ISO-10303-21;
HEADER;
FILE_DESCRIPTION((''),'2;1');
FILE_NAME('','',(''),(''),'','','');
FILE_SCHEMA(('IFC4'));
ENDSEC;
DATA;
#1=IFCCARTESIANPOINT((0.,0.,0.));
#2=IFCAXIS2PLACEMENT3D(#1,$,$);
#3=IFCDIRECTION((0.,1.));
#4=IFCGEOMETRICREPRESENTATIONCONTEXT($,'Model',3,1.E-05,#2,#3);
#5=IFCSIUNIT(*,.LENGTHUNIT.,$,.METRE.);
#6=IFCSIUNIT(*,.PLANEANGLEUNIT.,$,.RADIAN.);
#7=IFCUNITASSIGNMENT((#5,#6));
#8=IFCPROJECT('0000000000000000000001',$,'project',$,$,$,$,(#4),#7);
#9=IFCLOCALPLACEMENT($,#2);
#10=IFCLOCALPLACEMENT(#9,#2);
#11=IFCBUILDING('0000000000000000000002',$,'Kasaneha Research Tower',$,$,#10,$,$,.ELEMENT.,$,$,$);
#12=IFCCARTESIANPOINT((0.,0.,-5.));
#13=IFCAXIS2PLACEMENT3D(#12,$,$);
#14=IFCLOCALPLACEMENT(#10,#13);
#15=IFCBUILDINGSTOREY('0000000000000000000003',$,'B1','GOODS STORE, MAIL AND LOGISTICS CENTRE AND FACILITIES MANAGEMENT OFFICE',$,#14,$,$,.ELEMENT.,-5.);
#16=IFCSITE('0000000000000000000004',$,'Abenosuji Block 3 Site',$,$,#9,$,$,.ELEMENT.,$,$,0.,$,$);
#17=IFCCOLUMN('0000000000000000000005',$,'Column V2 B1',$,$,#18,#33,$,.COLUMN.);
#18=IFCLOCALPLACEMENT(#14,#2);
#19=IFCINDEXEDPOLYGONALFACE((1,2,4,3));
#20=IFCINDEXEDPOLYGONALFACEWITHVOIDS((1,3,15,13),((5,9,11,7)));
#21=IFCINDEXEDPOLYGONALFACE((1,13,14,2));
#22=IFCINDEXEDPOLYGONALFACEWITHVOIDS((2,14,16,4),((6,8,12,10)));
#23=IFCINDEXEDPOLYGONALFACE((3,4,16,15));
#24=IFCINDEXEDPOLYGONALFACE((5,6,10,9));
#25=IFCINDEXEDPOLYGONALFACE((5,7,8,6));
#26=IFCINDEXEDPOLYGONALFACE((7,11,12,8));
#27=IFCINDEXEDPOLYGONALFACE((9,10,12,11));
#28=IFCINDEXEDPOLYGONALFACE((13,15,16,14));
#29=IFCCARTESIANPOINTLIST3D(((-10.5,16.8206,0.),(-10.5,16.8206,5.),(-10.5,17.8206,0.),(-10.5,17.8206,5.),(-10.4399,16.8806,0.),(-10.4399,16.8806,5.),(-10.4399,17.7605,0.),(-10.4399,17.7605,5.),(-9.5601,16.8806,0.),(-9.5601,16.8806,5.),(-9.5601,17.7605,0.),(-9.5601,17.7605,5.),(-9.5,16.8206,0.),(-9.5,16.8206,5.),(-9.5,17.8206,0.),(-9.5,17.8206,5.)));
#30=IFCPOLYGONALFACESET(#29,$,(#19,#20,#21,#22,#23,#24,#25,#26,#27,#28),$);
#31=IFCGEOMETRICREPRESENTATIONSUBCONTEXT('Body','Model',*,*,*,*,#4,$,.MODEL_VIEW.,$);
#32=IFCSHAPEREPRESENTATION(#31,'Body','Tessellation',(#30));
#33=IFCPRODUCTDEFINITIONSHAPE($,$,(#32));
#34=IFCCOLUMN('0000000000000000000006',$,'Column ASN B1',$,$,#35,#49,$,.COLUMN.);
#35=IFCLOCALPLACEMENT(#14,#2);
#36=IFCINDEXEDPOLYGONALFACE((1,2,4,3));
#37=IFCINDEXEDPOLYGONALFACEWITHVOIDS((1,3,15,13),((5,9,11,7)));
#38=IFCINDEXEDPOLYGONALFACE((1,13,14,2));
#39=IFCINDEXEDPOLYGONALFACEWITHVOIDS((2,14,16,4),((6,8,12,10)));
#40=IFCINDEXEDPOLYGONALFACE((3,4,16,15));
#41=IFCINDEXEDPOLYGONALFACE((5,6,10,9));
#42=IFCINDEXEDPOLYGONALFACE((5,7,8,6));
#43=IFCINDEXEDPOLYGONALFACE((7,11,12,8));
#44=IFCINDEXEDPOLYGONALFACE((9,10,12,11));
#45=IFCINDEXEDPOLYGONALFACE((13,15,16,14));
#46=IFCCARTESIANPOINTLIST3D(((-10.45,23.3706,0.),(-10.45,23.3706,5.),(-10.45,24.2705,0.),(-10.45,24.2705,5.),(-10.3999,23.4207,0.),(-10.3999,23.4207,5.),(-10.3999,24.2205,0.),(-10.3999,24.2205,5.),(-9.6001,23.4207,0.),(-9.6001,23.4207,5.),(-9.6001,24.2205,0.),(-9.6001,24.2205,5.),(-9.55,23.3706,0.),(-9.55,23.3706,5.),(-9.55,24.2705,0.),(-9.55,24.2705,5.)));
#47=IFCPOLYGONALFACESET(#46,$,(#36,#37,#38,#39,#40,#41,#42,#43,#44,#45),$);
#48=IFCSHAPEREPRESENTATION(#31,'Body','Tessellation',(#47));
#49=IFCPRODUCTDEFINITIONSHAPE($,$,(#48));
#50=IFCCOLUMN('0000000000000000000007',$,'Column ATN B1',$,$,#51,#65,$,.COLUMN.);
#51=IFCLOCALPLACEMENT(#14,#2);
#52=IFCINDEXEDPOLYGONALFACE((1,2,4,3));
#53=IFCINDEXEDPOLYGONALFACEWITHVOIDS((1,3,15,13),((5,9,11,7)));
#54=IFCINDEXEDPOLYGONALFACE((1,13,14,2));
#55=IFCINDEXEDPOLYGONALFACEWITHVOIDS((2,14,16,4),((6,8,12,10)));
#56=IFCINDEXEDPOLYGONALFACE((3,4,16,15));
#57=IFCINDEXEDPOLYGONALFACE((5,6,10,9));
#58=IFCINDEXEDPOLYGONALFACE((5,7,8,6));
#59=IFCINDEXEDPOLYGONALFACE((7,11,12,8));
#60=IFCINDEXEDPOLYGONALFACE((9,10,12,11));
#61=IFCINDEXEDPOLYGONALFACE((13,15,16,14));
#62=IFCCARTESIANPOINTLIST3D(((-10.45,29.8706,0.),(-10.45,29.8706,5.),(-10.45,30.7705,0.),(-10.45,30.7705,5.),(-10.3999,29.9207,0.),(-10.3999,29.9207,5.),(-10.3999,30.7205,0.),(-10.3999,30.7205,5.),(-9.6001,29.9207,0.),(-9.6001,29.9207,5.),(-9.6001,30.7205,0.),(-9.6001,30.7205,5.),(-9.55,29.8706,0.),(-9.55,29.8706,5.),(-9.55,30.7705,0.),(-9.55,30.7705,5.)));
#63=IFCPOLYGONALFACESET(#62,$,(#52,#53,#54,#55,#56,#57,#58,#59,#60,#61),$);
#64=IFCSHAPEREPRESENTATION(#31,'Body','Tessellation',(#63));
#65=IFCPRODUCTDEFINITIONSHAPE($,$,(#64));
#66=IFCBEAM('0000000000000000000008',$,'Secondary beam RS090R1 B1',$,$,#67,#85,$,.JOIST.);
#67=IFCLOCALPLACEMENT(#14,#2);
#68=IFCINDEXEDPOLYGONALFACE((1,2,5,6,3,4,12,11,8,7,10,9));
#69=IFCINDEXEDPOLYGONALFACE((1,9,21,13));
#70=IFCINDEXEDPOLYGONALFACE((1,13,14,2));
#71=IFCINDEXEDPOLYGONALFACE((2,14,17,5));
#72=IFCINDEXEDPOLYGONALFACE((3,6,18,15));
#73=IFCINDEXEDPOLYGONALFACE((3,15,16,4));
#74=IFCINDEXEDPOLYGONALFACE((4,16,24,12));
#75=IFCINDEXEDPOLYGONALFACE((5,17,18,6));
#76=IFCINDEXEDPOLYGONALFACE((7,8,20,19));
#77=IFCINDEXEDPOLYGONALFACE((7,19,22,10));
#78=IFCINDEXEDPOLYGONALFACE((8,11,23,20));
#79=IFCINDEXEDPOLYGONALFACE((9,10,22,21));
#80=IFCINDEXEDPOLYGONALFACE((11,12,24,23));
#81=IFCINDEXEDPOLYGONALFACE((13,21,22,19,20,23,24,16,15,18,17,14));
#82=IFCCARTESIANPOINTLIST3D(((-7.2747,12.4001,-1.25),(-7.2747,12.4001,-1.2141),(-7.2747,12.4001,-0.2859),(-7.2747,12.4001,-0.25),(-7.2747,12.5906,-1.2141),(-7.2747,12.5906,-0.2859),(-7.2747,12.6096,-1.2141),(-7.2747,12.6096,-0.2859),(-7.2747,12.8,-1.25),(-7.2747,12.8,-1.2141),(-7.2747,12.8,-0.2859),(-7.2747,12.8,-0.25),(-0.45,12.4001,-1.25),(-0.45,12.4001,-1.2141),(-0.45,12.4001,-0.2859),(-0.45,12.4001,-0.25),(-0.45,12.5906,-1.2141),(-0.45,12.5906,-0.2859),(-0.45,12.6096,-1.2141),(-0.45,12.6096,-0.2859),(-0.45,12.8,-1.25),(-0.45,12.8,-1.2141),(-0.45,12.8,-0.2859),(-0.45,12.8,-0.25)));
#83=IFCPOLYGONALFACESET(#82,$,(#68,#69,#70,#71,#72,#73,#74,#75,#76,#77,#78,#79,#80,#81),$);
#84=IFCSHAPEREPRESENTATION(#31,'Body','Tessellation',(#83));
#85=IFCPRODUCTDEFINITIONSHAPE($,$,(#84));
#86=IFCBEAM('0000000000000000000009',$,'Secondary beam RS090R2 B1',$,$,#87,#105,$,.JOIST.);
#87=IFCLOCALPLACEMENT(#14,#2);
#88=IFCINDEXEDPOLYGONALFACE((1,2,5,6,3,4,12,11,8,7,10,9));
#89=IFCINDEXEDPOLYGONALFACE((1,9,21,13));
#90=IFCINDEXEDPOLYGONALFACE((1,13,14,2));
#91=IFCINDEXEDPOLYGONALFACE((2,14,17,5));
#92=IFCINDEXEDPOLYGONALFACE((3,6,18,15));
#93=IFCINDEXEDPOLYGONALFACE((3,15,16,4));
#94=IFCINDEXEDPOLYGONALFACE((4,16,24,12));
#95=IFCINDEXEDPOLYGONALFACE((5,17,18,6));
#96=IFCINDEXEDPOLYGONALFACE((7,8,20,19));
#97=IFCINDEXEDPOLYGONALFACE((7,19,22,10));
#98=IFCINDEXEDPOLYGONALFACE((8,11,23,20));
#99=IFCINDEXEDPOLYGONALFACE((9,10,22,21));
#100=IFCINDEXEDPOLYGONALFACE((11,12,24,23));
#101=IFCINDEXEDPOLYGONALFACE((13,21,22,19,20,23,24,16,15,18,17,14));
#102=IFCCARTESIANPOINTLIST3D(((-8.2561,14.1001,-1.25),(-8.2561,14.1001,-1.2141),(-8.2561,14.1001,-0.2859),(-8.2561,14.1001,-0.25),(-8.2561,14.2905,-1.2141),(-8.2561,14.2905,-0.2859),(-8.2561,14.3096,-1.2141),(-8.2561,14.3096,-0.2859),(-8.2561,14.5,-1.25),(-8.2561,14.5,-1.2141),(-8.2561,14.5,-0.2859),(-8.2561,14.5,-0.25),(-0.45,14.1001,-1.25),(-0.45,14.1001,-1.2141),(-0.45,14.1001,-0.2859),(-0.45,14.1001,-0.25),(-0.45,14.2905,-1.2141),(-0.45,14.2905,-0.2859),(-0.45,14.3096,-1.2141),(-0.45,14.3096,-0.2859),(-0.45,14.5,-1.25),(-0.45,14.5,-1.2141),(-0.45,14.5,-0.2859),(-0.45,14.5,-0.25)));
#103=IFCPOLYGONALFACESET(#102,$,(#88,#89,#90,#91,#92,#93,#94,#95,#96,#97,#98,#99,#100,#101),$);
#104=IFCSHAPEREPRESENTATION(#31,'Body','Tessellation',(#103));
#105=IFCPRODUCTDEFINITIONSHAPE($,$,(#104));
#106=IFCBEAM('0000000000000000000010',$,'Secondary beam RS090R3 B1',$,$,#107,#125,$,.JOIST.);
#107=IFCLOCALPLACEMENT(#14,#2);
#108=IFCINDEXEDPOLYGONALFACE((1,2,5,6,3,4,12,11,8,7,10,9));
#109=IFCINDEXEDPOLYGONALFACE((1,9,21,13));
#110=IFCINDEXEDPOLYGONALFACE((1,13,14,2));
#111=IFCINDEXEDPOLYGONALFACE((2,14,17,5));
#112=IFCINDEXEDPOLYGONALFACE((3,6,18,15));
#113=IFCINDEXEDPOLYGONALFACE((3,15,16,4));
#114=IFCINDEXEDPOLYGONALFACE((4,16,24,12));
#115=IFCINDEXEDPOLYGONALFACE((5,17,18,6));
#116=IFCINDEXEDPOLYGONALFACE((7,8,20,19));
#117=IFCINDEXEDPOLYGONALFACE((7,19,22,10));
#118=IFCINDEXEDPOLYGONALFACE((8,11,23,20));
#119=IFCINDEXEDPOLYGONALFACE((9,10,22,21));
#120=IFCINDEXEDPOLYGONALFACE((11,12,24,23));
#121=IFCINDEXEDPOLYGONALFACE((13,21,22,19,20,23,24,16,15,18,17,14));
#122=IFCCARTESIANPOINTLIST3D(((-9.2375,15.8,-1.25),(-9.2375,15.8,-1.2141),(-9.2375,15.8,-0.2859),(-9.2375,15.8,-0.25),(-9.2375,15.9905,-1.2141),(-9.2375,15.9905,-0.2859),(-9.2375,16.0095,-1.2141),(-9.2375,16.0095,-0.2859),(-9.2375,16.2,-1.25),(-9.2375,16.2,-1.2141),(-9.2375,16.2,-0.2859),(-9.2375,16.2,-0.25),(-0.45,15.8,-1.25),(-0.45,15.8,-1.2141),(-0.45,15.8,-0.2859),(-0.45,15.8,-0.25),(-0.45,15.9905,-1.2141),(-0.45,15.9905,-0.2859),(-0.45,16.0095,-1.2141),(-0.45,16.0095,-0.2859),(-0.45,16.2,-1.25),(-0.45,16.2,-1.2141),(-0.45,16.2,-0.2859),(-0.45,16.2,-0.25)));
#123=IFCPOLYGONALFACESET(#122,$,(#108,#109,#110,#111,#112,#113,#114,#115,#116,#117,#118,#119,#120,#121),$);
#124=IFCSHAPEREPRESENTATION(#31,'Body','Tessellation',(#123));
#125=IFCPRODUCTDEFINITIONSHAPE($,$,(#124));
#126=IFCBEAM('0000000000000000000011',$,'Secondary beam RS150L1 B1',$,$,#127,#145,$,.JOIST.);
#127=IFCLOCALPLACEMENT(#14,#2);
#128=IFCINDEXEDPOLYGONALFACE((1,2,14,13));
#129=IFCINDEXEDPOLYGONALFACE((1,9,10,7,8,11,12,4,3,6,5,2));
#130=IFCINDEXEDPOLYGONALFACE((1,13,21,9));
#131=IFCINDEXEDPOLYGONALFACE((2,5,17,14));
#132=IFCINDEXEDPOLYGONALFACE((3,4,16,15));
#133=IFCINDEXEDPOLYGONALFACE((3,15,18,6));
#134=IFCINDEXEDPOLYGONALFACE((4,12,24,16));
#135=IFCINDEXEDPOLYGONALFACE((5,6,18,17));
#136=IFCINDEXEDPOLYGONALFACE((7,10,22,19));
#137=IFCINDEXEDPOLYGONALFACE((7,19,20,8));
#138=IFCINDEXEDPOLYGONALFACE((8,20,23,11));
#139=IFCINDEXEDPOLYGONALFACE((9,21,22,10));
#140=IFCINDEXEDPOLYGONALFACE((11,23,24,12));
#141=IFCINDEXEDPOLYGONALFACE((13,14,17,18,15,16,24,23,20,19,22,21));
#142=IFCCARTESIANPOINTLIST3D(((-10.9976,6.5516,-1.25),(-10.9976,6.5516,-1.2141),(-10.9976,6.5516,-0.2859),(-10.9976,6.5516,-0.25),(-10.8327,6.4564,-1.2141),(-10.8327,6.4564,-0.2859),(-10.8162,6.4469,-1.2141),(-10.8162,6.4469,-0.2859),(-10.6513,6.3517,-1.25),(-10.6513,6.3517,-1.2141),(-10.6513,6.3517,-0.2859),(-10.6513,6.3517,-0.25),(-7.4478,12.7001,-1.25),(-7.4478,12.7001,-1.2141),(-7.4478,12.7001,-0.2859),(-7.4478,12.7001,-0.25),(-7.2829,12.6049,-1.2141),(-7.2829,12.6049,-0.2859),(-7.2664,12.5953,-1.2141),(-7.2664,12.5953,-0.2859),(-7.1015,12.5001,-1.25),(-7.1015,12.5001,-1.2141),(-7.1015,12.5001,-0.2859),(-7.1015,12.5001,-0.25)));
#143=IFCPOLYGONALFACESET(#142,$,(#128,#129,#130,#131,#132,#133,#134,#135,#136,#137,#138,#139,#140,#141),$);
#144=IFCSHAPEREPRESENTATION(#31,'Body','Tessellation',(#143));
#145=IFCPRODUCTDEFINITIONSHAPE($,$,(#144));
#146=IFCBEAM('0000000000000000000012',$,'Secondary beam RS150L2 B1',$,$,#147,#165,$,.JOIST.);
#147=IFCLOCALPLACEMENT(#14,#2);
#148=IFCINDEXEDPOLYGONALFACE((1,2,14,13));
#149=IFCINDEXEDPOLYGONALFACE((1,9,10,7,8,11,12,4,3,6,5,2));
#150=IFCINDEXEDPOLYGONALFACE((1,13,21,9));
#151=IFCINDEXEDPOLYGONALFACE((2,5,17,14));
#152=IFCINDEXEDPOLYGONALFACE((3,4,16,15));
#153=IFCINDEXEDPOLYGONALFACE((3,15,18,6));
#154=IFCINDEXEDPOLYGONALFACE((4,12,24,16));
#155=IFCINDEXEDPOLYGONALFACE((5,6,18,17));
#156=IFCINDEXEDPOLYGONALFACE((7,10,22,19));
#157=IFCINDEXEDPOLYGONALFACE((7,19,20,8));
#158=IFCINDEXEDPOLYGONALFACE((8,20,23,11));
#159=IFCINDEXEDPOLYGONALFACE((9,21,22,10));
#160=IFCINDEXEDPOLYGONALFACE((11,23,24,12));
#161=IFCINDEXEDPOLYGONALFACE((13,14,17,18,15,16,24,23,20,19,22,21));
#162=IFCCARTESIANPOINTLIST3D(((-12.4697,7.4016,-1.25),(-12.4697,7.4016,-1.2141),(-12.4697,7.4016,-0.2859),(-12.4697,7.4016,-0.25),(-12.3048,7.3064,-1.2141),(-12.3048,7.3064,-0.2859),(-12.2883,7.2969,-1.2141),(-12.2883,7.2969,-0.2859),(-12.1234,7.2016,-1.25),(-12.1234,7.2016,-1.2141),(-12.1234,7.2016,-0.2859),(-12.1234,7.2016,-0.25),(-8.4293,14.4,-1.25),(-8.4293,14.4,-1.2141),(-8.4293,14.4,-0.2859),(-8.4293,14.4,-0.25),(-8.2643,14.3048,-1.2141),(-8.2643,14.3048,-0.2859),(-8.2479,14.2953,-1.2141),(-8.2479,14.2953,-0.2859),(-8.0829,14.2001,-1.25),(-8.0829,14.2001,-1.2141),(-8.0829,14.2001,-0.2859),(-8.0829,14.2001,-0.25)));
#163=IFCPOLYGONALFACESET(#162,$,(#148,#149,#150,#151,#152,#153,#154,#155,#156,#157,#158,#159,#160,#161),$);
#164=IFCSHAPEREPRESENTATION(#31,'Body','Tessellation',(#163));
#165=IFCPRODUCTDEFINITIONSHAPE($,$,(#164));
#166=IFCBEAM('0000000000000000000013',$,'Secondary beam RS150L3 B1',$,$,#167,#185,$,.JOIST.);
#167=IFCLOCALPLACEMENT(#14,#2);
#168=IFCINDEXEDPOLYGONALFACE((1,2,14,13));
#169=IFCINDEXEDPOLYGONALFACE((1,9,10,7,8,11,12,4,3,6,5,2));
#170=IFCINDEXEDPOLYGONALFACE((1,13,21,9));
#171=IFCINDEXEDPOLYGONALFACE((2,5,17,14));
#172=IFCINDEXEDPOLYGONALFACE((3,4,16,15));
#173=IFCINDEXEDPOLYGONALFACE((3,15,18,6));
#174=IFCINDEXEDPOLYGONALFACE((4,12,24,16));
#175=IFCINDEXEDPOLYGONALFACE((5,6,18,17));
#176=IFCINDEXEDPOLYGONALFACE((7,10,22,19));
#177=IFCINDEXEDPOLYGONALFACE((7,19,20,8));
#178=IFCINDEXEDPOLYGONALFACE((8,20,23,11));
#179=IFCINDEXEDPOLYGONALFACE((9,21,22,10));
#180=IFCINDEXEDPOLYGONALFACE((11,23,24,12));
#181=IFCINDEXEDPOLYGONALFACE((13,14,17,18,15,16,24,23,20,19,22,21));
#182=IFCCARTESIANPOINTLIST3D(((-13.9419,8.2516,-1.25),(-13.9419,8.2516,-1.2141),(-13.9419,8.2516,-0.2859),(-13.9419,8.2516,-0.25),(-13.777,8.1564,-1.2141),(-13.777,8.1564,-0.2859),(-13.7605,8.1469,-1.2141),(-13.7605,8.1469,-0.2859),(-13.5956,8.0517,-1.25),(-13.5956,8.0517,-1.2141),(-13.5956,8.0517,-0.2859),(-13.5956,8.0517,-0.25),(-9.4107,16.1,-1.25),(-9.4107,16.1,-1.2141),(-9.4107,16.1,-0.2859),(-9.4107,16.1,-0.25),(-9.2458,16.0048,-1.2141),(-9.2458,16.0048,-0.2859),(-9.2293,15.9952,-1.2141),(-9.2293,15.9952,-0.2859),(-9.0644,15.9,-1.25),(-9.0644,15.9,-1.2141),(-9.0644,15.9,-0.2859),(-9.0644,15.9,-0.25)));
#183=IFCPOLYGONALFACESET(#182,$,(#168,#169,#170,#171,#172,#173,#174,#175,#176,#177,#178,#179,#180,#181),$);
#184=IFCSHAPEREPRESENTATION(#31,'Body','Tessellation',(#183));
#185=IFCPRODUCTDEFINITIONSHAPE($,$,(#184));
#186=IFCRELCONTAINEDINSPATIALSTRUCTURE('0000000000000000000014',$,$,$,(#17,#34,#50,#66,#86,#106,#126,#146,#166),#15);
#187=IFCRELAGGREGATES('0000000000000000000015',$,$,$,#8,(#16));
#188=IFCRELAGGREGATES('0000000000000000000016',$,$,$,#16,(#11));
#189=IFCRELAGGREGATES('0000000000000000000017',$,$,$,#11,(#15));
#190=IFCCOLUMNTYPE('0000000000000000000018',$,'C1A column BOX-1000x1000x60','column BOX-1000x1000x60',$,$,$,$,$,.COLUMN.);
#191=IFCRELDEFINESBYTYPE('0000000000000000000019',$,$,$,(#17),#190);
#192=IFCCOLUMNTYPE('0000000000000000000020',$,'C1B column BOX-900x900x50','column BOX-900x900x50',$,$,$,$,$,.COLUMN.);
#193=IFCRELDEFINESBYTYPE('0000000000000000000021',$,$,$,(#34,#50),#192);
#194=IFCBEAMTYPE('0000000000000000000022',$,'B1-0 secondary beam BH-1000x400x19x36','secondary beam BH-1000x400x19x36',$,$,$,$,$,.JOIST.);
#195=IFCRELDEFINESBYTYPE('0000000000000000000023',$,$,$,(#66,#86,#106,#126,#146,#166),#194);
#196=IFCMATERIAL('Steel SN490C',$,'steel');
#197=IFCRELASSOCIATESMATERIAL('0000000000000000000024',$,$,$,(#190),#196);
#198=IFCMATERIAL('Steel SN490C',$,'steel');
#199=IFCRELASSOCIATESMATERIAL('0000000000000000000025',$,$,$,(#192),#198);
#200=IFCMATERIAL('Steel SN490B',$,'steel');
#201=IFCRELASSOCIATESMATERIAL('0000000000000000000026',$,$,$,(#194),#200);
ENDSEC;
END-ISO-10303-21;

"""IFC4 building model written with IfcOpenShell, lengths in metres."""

from ifc_helpers import new_model, si_unit, direction, frame, origin, origin_2d, place, context, subcontext, project, spatial, hollow_rectangle, i_section, extrude, material, material_profile, profile_set, type_object, element, save


model = new_model("IFC4")

# Units and contexts
model_context = context("Model", 3, precision=1e-05, world=origin(), true_north=direction((0.0, 1.0)))
body_context = subcontext(model_context, "Body", "Model", "MODEL_VIEW")
ifc_project = project(units=[si_unit("LENGTHUNIT", "METRE"), si_unit("PLANEANGLEUNIT", "RADIAN")], contexts=[model_context])

# Site, building, storey
site_placement = place(None, origin())
site = spatial("IfcSite", under=ifc_project, at=site_placement, Name="Abenosuji Block 3 Site", CompositionType="ELEMENT", RefElevation=0.0)
building_placement = place(site_placement, origin())
building = spatial("IfcBuilding", under=site, at=building_placement, Name="Kasaneha Research Tower", CompositionType="ELEMENT")
storey_placement = place(building_placement, frame((0.0, 0.0, -5.0)))
storey = spatial("IfcBuildingStorey", under=building, at=storey_placement, Name="B1", Description="GOODS STORE, MAIL AND LOGISTICS CENTRE AND FACILITIES MANAGEMENT OFFICE", CompositionType="ELEMENT", Elevation=-5.0)

# Columns
ifc_material_1 = material(Name="Steel SN490C", Category="steel")
ifc_material_profile_1 = material_profile(ifc_material_1, hollow_rectangle(XDim=1.0, YDim=1.0, WallThickness=0.0601, at=origin_2d()), Name="BOX-1000x1000x60")
ifc_profile_set_1 = profile_set([ifc_material_profile_1], Name="Steel SN490C")
column_type_1 = type_object("IfcColumnType", Name="C1A column BOX-1000x1000x60", Description="column BOX-1000x1000x60", PredefinedType="COLUMN", material=ifc_profile_set_1)
column_placement = place(storey_placement, frame((-10.0, 17.3206, 0.0), z_axis=(0.0, 0.0, 1.0), x_axis=(1.0, 0.0, 0.0)))
element("IfcColumn", 1, at=column_placement, inside=storey, type_object=column_type_1, Name="Column V2 B1", PredefinedType="COLUMN", context=body_context, shape_type="SweptSolid", body=[
    extrude(hollow_rectangle(XDim=1.0, YDim=1.0, WallThickness=0.0601, at=origin_2d()), origin(), (0.0, 0.0, 1.0), 5.0),
])
ifc_material_2 = material(Name="Steel SN490C", Category="steel")
ifc_material_profile_2 = material_profile(ifc_material_2, hollow_rectangle(XDim=0.8999, YDim=0.8999, WallThickness=0.05, at=origin_2d()), Name="BOX-900x900x50")
ifc_profile_set_2 = profile_set([ifc_material_profile_2], Name="Steel SN490C")
column_type_2 = type_object("IfcColumnType", Name="C1B column BOX-900x900x50", Description="column BOX-900x900x50", PredefinedType="COLUMN", material=ifc_profile_set_2)
for number, where, z_axis, x_axis, name in (
    (2, (-10.0, 23.8206, 0.0), (0.0, 0.0, 1.0), (1.0, 0.0, 0.0), "Column ASN B1"),
    (3, (-10.0, 30.3206, 0.0), (0.0, 0.0, 1.0), (1.0, 0.0, 0.0), "Column ATN B1"),
):
    element("IfcColumn", number, at=place(storey_placement, frame(where, z_axis=z_axis, x_axis=x_axis)), inside=storey, type_object=column_type_2, Name=name, PredefinedType="COLUMN", context=body_context, shape_type="SweptSolid", body=[
        extrude(hollow_rectangle(XDim=0.8999, YDim=0.8999, WallThickness=0.05, at=origin_2d()), origin(), (0.0, 0.0, 1.0), 5.0),
    ])

# Beams
ifc_material_3 = material(Name="Steel SN490B", Category="steel")
ifc_material_profile_3 = material_profile(ifc_material_3, i_section(OverallWidth=0.3999, OverallDepth=1.0, WebThickness=0.019, FlangeThickness=0.0359, at=origin_2d()), Name="BH-1000x400x19x36")
ifc_profile_set_3 = profile_set([ifc_material_profile_3], Name="Steel SN490B")
beam_type_1 = type_object("IfcBeamType", Name="B1-0 secondary beam BH-1000x400x19x36", Description="secondary beam BH-1000x400x19x36", PredefinedType="JOIST", material=ifc_profile_set_3)
beam_1_placement = place(storey_placement, frame((-7.2747, 12.6001, -0.75), z_axis=(1.0, 0.0, 0.0), x_axis=(0.0, 1.0, 0.0)))
element("IfcBeam", 4, at=beam_1_placement, inside=storey, type_object=beam_type_1, Name="Secondary beam RS090R1 B1", PredefinedType="JOIST", context=body_context, shape_type="SweptSolid", body=[
    extrude(i_section(OverallWidth=0.3999, OverallDepth=1.0, WebThickness=0.019, FlangeThickness=0.0359, at=origin_2d()), origin(), (0.0, 0.0, 1.0), 6.8247),
])
beam_2_placement = place(storey_placement, frame((-8.2561, 14.3, -0.75), z_axis=(1.0, 0.0, 0.0), x_axis=(0.0, 1.0, 0.0)))
element("IfcBeam", 5, at=beam_2_placement, inside=storey, type_object=beam_type_1, Name="Secondary beam RS090R2 B1", PredefinedType="JOIST", context=body_context, shape_type="SweptSolid", body=[
    extrude(i_section(OverallWidth=0.3999, OverallDepth=1.0, WebThickness=0.019, FlangeThickness=0.0359, at=origin_2d()), origin(), (0.0, 0.0, 1.0), 7.8062),
])
beam_3_placement = place(storey_placement, frame((-9.2375, 16.0, -0.75), z_axis=(1.0, 0.0, 0.0), x_axis=(0.0, 1.0, 0.0)))
element("IfcBeam", 6, at=beam_3_placement, inside=storey, type_object=beam_type_1, Name="Secondary beam RS090R3 B1", PredefinedType="JOIST", context=body_context, shape_type="SweptSolid", body=[
    extrude(i_section(OverallWidth=0.3999, OverallDepth=1.0, WebThickness=0.019, FlangeThickness=0.0359, at=origin_2d()), origin(), (0.0, 0.0, 1.0), 8.7876),
])
beam_4_placement = place(storey_placement, frame((-7.2747, 12.6001, -0.75), z_axis=(-0.5, -0.866025, 0.0), x_axis=(0.866025, -0.5, 0.0)))
element("IfcBeam", 7, at=beam_4_placement, inside=storey, type_object=beam_type_1, Name="Secondary beam RS150L1 B1", PredefinedType="JOIST", context=body_context, shape_type="SweptSolid", body=[
    extrude(i_section(OverallWidth=0.3999, OverallDepth=1.0, WebThickness=0.019, FlangeThickness=0.0359, at=origin_2d()), origin(), (0.0, 0.0, 1.0), 7.0996),
])
beam_5_placement = place(storey_placement, frame((-8.2561, 14.3, -0.75), z_axis=(-0.499993, -0.86603, 0.0), x_axis=(0.86603, -0.499993, 0.0)))
element("IfcBeam", 8, at=beam_5_placement, inside=storey, type_object=beam_type_1, Name="Secondary beam RS150L2 B1", PredefinedType="JOIST", context=body_context, shape_type="SweptSolid", body=[
    extrude(i_section(OverallWidth=0.3999, OverallDepth=1.0, WebThickness=0.019, FlangeThickness=0.0359, at=origin_2d()), origin(), (0.0, 0.0, 1.0), 8.0811),
])
beam_6_placement = place(storey_placement, frame((-9.2375, 16.0, -0.75), z_axis=(-0.499998, -0.866026, 0.0), x_axis=(0.866026, -0.499998, 0.0)))
element("IfcBeam", 9, at=beam_6_placement, inside=storey, type_object=beam_type_1, Name="Secondary beam RS150L3 B1", PredefinedType="JOIST", context=body_context, shape_type="SweptSolid", body=[
    extrude(i_section(OverallWidth=0.3999, OverallDepth=1.0, WebThickness=0.019, FlangeThickness=0.0359, at=origin_2d()), origin(), (0.0, 0.0, 1.0), 9.0625),
])

save(model, "model.ifc")
